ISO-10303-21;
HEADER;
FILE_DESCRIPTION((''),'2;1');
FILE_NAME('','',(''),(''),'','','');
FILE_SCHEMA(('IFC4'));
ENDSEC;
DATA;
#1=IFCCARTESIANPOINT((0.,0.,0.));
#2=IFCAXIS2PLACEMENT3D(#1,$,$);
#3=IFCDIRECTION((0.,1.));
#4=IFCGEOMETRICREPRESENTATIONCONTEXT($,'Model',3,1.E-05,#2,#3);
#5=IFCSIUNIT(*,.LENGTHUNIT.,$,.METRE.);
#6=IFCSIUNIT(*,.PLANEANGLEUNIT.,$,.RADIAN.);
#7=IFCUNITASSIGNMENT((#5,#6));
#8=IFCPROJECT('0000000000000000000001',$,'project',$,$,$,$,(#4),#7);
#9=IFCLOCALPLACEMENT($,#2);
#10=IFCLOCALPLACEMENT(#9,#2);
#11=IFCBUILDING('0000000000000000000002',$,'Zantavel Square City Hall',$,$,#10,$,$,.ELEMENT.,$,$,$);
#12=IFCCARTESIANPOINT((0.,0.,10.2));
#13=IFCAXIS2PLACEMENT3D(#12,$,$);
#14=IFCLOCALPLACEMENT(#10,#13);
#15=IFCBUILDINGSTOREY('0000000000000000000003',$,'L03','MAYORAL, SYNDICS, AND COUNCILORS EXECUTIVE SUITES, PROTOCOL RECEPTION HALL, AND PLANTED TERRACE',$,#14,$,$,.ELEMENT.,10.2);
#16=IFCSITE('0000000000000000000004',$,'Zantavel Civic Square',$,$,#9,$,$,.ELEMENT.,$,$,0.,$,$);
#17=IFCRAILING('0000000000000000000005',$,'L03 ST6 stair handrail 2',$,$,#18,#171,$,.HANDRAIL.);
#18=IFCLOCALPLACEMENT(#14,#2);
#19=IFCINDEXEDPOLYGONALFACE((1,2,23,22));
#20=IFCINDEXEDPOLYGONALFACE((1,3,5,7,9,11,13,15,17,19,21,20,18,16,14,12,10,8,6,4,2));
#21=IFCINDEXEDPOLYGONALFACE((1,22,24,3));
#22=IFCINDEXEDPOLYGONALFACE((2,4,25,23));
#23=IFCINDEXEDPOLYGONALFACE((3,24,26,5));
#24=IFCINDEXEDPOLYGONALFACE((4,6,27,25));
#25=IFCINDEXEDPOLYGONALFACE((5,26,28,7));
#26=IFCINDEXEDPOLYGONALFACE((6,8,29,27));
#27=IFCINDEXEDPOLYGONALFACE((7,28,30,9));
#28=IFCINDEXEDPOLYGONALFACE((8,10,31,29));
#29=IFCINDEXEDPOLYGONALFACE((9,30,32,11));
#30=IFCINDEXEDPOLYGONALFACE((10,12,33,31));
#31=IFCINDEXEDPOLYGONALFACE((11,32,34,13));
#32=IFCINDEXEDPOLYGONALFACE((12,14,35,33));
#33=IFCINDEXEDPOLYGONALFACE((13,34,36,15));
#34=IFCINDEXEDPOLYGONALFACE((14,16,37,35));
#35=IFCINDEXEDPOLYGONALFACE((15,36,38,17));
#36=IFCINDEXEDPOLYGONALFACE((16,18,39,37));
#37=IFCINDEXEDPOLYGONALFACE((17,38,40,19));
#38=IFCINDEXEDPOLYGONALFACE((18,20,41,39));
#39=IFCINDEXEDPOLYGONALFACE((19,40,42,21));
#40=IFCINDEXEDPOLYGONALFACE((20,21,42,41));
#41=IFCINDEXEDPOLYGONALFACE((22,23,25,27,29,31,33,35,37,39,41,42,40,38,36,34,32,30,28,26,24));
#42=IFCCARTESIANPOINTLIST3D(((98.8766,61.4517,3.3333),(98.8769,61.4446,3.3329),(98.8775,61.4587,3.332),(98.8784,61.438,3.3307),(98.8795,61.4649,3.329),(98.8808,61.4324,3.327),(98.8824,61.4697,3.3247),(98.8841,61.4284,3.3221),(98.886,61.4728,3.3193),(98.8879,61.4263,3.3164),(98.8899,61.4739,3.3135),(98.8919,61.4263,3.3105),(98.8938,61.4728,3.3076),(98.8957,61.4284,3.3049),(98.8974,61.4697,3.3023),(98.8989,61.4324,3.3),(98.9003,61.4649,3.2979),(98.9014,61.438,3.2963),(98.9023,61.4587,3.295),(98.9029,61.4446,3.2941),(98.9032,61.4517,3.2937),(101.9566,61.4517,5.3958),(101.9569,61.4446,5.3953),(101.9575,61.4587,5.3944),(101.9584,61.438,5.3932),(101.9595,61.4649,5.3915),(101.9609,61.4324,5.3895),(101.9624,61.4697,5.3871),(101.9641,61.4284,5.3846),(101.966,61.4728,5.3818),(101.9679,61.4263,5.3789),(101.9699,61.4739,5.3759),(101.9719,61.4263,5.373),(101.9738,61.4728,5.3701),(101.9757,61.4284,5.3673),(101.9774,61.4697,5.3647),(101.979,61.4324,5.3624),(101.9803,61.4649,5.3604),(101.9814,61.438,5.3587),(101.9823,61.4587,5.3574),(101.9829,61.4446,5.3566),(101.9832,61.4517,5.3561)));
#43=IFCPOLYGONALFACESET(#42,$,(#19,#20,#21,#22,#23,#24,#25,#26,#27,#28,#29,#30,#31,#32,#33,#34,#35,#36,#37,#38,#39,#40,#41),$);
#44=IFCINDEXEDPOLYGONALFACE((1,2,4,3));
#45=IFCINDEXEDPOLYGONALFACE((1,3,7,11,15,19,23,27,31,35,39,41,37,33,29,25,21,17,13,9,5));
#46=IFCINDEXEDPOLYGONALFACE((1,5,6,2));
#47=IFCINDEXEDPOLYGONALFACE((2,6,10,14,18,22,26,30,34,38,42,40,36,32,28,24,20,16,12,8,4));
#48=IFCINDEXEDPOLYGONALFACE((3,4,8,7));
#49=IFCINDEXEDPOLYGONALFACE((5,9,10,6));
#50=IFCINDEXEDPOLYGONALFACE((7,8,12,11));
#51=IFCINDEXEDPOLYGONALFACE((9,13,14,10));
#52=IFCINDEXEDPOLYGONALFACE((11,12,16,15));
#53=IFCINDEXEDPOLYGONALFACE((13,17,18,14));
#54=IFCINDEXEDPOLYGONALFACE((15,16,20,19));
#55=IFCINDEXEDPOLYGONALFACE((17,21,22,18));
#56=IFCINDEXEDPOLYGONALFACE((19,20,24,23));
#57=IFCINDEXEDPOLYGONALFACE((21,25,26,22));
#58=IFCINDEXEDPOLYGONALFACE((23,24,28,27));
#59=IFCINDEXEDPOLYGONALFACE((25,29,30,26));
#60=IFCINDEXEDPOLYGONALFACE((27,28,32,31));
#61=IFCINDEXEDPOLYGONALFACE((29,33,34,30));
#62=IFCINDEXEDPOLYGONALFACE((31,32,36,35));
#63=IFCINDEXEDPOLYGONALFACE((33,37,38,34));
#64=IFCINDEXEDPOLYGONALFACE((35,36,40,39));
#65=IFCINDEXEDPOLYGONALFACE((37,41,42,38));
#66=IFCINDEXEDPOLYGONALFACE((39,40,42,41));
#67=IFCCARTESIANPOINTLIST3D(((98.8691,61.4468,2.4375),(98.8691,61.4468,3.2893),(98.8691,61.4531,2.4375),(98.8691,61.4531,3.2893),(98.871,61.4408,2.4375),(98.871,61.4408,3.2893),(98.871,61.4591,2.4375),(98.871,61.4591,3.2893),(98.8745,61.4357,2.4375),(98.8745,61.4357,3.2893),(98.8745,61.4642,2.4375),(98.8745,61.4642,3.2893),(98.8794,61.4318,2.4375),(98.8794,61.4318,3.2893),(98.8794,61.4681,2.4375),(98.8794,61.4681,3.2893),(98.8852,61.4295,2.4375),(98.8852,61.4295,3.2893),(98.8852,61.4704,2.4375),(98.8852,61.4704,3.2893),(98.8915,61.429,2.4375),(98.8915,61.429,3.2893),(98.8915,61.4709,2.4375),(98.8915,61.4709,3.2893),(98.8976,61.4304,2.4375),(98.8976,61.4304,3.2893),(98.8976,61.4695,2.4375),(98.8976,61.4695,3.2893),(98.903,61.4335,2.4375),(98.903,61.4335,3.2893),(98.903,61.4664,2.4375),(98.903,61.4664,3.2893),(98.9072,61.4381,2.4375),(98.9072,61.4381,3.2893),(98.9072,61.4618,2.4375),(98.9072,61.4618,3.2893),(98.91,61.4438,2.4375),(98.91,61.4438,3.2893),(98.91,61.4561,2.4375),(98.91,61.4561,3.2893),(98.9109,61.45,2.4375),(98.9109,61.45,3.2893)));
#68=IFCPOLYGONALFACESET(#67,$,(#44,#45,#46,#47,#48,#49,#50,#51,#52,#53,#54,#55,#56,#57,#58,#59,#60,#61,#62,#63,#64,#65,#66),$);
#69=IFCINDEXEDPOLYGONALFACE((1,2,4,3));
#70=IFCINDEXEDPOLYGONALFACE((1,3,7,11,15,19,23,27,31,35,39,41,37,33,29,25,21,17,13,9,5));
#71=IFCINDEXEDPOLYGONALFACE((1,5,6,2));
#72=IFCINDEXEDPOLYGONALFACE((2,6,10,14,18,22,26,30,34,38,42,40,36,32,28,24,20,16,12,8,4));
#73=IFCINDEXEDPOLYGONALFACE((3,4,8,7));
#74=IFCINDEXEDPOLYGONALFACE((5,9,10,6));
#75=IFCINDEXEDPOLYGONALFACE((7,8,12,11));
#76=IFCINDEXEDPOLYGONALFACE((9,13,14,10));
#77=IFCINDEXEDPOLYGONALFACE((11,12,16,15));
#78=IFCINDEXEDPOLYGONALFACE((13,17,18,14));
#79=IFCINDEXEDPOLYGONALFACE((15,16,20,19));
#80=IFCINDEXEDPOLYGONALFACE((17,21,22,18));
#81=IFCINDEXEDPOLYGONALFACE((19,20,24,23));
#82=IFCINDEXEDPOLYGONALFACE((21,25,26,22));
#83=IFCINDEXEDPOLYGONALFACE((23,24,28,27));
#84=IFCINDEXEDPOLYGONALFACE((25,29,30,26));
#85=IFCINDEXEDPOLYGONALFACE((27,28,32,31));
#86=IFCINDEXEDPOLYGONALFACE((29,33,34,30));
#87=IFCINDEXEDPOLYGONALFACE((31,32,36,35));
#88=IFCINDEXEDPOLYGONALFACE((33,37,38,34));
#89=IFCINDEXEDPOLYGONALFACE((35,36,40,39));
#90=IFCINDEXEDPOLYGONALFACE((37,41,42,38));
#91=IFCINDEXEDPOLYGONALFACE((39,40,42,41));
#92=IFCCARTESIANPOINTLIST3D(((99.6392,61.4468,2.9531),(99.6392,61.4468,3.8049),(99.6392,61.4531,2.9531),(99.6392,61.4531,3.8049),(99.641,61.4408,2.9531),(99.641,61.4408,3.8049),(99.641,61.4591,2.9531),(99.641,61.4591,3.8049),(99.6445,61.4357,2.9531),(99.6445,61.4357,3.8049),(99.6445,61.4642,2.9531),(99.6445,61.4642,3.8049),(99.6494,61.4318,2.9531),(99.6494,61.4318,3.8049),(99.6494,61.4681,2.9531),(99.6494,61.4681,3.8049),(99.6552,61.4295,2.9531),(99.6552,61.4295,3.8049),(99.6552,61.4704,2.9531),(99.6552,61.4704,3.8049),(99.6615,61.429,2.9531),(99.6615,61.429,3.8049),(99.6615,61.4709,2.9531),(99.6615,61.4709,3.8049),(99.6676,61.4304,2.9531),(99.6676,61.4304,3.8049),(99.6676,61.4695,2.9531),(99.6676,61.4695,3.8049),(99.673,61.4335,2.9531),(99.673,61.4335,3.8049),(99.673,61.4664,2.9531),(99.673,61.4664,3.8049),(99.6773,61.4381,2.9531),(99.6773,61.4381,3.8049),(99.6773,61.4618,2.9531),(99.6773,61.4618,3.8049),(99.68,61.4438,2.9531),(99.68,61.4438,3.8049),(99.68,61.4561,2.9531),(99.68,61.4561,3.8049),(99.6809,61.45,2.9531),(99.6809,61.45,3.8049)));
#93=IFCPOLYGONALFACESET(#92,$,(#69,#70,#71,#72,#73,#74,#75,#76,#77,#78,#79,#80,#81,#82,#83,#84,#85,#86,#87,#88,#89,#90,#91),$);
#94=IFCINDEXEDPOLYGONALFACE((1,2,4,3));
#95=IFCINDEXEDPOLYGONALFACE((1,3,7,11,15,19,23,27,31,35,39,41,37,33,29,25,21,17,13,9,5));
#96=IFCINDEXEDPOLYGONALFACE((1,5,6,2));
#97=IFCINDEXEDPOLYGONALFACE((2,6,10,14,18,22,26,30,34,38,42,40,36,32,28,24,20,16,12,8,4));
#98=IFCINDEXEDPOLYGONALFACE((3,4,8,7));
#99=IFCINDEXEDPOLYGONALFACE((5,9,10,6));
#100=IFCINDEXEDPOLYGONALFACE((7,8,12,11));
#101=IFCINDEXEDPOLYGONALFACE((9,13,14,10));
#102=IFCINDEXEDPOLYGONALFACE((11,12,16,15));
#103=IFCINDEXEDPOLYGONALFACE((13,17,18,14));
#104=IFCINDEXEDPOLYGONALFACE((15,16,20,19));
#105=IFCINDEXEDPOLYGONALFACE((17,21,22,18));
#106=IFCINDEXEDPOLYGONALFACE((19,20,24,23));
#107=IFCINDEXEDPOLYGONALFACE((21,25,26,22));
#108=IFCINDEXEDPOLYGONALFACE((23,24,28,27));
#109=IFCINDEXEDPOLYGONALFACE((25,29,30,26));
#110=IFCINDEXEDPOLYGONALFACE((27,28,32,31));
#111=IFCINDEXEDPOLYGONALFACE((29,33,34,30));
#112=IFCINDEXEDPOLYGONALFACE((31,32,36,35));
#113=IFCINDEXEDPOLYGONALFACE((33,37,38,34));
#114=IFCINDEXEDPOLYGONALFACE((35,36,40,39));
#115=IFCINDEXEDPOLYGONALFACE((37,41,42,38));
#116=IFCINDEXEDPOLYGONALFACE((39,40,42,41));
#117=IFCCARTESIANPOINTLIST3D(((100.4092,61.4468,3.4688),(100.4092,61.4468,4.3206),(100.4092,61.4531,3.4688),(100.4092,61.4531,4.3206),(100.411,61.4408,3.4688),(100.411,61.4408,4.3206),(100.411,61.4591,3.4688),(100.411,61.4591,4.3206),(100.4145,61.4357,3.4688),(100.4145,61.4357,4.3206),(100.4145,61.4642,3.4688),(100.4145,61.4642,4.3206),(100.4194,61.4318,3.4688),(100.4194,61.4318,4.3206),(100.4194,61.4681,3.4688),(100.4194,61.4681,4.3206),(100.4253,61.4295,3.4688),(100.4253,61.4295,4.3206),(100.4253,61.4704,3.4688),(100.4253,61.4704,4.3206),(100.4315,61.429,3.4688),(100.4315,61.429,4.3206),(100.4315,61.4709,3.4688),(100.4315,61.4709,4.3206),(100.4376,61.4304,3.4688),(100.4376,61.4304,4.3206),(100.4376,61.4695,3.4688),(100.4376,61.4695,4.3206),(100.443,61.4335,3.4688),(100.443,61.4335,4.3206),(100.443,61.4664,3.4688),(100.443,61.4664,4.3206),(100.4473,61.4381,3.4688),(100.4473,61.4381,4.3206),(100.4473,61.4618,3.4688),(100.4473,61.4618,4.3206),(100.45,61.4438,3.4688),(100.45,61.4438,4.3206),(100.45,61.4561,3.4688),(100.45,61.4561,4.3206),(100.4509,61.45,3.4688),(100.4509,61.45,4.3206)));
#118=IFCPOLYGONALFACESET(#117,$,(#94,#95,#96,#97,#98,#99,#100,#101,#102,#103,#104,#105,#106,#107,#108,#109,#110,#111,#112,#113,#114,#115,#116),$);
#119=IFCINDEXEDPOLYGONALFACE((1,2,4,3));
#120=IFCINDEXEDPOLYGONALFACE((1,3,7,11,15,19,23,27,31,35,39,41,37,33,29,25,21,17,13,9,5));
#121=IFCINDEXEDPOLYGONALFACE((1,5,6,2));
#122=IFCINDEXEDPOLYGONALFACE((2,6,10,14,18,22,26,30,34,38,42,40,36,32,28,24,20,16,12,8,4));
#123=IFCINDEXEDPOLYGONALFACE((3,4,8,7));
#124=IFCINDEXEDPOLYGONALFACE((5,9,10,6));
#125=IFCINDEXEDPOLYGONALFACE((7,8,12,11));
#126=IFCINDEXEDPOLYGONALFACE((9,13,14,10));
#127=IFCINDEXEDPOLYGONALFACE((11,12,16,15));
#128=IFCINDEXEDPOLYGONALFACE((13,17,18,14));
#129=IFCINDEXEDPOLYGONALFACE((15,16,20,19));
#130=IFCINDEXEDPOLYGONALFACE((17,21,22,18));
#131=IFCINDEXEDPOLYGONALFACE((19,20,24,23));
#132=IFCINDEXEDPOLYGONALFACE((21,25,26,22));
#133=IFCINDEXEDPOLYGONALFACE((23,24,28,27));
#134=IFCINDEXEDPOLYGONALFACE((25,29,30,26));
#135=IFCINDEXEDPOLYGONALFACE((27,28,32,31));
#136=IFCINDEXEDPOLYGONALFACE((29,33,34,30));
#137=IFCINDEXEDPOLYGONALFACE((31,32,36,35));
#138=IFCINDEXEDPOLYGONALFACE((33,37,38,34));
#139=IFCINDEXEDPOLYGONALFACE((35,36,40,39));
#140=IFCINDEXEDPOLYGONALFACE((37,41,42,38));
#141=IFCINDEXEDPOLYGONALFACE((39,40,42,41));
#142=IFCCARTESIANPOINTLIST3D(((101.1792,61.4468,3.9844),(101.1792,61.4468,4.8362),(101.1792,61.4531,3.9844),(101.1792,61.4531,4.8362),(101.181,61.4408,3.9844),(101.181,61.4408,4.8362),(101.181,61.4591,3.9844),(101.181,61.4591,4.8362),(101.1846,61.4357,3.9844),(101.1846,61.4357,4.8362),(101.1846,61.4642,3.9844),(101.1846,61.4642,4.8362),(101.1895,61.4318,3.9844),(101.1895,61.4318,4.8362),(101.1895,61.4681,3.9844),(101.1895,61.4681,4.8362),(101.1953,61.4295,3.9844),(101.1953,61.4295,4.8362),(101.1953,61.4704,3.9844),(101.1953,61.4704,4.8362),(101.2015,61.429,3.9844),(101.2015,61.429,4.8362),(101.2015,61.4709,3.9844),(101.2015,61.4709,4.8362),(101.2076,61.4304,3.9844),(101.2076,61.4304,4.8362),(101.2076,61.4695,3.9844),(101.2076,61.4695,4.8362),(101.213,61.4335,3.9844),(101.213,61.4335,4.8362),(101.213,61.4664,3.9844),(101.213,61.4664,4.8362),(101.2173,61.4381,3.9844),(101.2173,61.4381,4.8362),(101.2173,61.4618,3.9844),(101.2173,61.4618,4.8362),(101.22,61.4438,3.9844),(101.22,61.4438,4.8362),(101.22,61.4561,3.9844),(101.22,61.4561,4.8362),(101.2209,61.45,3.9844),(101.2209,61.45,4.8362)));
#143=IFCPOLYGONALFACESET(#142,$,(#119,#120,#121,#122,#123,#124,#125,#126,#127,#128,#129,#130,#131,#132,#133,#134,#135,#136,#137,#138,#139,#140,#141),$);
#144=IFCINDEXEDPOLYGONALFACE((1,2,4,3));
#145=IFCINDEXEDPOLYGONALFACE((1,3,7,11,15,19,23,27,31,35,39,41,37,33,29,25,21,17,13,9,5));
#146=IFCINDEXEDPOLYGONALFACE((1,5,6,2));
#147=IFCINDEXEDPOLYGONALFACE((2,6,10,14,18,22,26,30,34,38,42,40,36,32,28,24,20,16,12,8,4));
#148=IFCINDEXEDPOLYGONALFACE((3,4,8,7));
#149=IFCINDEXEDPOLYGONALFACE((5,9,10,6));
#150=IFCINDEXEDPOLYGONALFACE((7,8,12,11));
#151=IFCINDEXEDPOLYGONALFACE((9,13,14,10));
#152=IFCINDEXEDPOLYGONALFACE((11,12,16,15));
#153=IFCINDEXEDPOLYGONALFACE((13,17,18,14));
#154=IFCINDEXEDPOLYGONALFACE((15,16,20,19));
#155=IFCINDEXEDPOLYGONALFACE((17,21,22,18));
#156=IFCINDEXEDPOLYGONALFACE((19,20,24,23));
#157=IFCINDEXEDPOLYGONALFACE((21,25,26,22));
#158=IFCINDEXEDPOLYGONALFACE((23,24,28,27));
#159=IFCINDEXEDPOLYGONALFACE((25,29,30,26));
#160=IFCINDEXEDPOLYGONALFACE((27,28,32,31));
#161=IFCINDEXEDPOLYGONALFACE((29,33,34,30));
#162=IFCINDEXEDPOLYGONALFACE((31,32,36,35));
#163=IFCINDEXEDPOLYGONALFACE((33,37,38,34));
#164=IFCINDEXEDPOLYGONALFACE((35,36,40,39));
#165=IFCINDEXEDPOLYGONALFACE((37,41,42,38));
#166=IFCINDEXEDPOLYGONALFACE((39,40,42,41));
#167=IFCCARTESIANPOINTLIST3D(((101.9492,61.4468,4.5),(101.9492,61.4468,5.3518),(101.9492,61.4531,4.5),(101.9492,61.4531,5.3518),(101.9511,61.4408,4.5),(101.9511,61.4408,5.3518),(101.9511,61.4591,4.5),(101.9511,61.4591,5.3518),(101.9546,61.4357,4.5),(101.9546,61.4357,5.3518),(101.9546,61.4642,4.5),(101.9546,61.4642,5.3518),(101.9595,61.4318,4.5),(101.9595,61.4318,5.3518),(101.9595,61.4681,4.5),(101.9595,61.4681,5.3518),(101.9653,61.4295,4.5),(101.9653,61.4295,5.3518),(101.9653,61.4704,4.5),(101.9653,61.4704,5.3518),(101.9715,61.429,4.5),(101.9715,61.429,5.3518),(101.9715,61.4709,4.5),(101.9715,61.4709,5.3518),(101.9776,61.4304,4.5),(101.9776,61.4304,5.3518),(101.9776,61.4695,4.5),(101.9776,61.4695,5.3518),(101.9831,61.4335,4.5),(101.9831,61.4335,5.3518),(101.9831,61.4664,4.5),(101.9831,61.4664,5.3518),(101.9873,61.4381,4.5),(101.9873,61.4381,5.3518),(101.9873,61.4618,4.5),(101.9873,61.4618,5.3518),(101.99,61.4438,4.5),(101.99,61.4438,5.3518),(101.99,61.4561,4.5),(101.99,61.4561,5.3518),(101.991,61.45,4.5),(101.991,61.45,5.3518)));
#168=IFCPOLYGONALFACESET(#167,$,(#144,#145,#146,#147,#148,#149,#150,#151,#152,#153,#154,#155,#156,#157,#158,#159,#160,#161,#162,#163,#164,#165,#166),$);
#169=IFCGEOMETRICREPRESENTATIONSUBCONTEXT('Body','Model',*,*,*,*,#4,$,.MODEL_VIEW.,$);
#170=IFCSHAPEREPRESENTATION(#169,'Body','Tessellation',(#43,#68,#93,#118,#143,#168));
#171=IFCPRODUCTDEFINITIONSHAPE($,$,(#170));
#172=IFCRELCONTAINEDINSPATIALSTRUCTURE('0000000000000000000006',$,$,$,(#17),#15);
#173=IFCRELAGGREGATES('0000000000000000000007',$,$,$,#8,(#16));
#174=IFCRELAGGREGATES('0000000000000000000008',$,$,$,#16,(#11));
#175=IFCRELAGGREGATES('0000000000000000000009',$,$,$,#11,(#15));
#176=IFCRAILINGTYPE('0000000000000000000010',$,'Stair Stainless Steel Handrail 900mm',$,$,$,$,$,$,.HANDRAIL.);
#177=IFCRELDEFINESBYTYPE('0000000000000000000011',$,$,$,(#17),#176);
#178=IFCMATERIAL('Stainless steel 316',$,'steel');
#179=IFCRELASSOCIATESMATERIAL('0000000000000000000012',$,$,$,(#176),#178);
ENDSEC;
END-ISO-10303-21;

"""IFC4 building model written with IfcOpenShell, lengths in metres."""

from ifc_helpers import new_model, si_unit, direction, frame, origin, origin_2d, place, context, subcontext, project, spatial, circle, extrude, material, type_object, element, save


model = new_model("IFC4")

# Units and contexts
model_context = context("Model", 3, precision=1e-05, world=origin(), true_north=direction((0.0, 1.0)))
body_context = subcontext(model_context, "Body", "Model", "MODEL_VIEW")
ifc_project = project(units=[si_unit("LENGTHUNIT", "METRE"), si_unit("PLANEANGLEUNIT", "RADIAN")], contexts=[model_context])

# Site, building, storey
site_placement = place(None, origin())
site = spatial("IfcSite", under=ifc_project, at=site_placement, Name="Zantavel Civic Square", CompositionType="ELEMENT", RefElevation=0.0)
building_placement = place(site_placement, origin())
building = spatial("IfcBuilding", under=site, at=building_placement, Name="Zantavel Square City Hall", CompositionType="ELEMENT")
storey_placement = place(building_placement, frame((0.0, 0.0, 10.2)))
storey = spatial("IfcBuildingStorey", under=building, at=storey_placement, Name="L03", Description="MAYORAL, SYNDICS, AND COUNCILORS EXECUTIVE SUITES, PROTOCOL RECEPTION HALL, AND PLANTED TERRACE", CompositionType="ELEMENT", Elevation=10.2)

# Railing
ifc_material_1 = material(Name="Stainless steel 316", Category="steel")
railing_type_1 = type_object("IfcRailingType", Name="Stair Stainless Steel Handrail 900mm", PredefinedType="HANDRAIL", material=ifc_material_1)
railing_1_placement = place(storey_placement, frame((98.8899, 61.45, 2.4375)))
element("IfcRailing", 1, at=railing_1_placement, inside=storey, type_object=railing_type_1, Name="L03 ST6 stair handrail 2", PredefinedType="HANDRAIL", context=body_context, shape_type="SweptSolid", body=[
    extrude(circle(Radius=0.0239, at=origin_2d()), frame((0.0, 0.0, 0.876), z_axis=(0.830914, 0.0, 0.556401), x_axis=(0.0, 1.0, 0.0)), (0.0, 0.0, 1.0), 3.7068),
    extrude(circle(Radius=0.021, at=origin_2d()), origin(), (0.0, 0.0, 1.0), 0.8518),
    extrude(circle(Radius=0.021, at=origin_2d()), frame((0.77, 0.0, 0.5156)), (0.0, 0.0, 1.0), 0.8518),
    extrude(circle(Radius=0.021, at=origin_2d()), frame((1.54, 0.0, 1.0312)), (0.0, 0.0, 1.0), 0.8518),
    extrude(circle(Radius=0.021, at=origin_2d()), frame((2.3101, 0.0, 1.5469)), (0.0, 0.0, 1.0), 0.8518),
    extrude(circle(Radius=0.021, at=origin_2d()), frame((3.0801, 0.0, 2.0625)), (0.0, 0.0, 1.0), 0.8518),
])

save(model, "model.ifc")
